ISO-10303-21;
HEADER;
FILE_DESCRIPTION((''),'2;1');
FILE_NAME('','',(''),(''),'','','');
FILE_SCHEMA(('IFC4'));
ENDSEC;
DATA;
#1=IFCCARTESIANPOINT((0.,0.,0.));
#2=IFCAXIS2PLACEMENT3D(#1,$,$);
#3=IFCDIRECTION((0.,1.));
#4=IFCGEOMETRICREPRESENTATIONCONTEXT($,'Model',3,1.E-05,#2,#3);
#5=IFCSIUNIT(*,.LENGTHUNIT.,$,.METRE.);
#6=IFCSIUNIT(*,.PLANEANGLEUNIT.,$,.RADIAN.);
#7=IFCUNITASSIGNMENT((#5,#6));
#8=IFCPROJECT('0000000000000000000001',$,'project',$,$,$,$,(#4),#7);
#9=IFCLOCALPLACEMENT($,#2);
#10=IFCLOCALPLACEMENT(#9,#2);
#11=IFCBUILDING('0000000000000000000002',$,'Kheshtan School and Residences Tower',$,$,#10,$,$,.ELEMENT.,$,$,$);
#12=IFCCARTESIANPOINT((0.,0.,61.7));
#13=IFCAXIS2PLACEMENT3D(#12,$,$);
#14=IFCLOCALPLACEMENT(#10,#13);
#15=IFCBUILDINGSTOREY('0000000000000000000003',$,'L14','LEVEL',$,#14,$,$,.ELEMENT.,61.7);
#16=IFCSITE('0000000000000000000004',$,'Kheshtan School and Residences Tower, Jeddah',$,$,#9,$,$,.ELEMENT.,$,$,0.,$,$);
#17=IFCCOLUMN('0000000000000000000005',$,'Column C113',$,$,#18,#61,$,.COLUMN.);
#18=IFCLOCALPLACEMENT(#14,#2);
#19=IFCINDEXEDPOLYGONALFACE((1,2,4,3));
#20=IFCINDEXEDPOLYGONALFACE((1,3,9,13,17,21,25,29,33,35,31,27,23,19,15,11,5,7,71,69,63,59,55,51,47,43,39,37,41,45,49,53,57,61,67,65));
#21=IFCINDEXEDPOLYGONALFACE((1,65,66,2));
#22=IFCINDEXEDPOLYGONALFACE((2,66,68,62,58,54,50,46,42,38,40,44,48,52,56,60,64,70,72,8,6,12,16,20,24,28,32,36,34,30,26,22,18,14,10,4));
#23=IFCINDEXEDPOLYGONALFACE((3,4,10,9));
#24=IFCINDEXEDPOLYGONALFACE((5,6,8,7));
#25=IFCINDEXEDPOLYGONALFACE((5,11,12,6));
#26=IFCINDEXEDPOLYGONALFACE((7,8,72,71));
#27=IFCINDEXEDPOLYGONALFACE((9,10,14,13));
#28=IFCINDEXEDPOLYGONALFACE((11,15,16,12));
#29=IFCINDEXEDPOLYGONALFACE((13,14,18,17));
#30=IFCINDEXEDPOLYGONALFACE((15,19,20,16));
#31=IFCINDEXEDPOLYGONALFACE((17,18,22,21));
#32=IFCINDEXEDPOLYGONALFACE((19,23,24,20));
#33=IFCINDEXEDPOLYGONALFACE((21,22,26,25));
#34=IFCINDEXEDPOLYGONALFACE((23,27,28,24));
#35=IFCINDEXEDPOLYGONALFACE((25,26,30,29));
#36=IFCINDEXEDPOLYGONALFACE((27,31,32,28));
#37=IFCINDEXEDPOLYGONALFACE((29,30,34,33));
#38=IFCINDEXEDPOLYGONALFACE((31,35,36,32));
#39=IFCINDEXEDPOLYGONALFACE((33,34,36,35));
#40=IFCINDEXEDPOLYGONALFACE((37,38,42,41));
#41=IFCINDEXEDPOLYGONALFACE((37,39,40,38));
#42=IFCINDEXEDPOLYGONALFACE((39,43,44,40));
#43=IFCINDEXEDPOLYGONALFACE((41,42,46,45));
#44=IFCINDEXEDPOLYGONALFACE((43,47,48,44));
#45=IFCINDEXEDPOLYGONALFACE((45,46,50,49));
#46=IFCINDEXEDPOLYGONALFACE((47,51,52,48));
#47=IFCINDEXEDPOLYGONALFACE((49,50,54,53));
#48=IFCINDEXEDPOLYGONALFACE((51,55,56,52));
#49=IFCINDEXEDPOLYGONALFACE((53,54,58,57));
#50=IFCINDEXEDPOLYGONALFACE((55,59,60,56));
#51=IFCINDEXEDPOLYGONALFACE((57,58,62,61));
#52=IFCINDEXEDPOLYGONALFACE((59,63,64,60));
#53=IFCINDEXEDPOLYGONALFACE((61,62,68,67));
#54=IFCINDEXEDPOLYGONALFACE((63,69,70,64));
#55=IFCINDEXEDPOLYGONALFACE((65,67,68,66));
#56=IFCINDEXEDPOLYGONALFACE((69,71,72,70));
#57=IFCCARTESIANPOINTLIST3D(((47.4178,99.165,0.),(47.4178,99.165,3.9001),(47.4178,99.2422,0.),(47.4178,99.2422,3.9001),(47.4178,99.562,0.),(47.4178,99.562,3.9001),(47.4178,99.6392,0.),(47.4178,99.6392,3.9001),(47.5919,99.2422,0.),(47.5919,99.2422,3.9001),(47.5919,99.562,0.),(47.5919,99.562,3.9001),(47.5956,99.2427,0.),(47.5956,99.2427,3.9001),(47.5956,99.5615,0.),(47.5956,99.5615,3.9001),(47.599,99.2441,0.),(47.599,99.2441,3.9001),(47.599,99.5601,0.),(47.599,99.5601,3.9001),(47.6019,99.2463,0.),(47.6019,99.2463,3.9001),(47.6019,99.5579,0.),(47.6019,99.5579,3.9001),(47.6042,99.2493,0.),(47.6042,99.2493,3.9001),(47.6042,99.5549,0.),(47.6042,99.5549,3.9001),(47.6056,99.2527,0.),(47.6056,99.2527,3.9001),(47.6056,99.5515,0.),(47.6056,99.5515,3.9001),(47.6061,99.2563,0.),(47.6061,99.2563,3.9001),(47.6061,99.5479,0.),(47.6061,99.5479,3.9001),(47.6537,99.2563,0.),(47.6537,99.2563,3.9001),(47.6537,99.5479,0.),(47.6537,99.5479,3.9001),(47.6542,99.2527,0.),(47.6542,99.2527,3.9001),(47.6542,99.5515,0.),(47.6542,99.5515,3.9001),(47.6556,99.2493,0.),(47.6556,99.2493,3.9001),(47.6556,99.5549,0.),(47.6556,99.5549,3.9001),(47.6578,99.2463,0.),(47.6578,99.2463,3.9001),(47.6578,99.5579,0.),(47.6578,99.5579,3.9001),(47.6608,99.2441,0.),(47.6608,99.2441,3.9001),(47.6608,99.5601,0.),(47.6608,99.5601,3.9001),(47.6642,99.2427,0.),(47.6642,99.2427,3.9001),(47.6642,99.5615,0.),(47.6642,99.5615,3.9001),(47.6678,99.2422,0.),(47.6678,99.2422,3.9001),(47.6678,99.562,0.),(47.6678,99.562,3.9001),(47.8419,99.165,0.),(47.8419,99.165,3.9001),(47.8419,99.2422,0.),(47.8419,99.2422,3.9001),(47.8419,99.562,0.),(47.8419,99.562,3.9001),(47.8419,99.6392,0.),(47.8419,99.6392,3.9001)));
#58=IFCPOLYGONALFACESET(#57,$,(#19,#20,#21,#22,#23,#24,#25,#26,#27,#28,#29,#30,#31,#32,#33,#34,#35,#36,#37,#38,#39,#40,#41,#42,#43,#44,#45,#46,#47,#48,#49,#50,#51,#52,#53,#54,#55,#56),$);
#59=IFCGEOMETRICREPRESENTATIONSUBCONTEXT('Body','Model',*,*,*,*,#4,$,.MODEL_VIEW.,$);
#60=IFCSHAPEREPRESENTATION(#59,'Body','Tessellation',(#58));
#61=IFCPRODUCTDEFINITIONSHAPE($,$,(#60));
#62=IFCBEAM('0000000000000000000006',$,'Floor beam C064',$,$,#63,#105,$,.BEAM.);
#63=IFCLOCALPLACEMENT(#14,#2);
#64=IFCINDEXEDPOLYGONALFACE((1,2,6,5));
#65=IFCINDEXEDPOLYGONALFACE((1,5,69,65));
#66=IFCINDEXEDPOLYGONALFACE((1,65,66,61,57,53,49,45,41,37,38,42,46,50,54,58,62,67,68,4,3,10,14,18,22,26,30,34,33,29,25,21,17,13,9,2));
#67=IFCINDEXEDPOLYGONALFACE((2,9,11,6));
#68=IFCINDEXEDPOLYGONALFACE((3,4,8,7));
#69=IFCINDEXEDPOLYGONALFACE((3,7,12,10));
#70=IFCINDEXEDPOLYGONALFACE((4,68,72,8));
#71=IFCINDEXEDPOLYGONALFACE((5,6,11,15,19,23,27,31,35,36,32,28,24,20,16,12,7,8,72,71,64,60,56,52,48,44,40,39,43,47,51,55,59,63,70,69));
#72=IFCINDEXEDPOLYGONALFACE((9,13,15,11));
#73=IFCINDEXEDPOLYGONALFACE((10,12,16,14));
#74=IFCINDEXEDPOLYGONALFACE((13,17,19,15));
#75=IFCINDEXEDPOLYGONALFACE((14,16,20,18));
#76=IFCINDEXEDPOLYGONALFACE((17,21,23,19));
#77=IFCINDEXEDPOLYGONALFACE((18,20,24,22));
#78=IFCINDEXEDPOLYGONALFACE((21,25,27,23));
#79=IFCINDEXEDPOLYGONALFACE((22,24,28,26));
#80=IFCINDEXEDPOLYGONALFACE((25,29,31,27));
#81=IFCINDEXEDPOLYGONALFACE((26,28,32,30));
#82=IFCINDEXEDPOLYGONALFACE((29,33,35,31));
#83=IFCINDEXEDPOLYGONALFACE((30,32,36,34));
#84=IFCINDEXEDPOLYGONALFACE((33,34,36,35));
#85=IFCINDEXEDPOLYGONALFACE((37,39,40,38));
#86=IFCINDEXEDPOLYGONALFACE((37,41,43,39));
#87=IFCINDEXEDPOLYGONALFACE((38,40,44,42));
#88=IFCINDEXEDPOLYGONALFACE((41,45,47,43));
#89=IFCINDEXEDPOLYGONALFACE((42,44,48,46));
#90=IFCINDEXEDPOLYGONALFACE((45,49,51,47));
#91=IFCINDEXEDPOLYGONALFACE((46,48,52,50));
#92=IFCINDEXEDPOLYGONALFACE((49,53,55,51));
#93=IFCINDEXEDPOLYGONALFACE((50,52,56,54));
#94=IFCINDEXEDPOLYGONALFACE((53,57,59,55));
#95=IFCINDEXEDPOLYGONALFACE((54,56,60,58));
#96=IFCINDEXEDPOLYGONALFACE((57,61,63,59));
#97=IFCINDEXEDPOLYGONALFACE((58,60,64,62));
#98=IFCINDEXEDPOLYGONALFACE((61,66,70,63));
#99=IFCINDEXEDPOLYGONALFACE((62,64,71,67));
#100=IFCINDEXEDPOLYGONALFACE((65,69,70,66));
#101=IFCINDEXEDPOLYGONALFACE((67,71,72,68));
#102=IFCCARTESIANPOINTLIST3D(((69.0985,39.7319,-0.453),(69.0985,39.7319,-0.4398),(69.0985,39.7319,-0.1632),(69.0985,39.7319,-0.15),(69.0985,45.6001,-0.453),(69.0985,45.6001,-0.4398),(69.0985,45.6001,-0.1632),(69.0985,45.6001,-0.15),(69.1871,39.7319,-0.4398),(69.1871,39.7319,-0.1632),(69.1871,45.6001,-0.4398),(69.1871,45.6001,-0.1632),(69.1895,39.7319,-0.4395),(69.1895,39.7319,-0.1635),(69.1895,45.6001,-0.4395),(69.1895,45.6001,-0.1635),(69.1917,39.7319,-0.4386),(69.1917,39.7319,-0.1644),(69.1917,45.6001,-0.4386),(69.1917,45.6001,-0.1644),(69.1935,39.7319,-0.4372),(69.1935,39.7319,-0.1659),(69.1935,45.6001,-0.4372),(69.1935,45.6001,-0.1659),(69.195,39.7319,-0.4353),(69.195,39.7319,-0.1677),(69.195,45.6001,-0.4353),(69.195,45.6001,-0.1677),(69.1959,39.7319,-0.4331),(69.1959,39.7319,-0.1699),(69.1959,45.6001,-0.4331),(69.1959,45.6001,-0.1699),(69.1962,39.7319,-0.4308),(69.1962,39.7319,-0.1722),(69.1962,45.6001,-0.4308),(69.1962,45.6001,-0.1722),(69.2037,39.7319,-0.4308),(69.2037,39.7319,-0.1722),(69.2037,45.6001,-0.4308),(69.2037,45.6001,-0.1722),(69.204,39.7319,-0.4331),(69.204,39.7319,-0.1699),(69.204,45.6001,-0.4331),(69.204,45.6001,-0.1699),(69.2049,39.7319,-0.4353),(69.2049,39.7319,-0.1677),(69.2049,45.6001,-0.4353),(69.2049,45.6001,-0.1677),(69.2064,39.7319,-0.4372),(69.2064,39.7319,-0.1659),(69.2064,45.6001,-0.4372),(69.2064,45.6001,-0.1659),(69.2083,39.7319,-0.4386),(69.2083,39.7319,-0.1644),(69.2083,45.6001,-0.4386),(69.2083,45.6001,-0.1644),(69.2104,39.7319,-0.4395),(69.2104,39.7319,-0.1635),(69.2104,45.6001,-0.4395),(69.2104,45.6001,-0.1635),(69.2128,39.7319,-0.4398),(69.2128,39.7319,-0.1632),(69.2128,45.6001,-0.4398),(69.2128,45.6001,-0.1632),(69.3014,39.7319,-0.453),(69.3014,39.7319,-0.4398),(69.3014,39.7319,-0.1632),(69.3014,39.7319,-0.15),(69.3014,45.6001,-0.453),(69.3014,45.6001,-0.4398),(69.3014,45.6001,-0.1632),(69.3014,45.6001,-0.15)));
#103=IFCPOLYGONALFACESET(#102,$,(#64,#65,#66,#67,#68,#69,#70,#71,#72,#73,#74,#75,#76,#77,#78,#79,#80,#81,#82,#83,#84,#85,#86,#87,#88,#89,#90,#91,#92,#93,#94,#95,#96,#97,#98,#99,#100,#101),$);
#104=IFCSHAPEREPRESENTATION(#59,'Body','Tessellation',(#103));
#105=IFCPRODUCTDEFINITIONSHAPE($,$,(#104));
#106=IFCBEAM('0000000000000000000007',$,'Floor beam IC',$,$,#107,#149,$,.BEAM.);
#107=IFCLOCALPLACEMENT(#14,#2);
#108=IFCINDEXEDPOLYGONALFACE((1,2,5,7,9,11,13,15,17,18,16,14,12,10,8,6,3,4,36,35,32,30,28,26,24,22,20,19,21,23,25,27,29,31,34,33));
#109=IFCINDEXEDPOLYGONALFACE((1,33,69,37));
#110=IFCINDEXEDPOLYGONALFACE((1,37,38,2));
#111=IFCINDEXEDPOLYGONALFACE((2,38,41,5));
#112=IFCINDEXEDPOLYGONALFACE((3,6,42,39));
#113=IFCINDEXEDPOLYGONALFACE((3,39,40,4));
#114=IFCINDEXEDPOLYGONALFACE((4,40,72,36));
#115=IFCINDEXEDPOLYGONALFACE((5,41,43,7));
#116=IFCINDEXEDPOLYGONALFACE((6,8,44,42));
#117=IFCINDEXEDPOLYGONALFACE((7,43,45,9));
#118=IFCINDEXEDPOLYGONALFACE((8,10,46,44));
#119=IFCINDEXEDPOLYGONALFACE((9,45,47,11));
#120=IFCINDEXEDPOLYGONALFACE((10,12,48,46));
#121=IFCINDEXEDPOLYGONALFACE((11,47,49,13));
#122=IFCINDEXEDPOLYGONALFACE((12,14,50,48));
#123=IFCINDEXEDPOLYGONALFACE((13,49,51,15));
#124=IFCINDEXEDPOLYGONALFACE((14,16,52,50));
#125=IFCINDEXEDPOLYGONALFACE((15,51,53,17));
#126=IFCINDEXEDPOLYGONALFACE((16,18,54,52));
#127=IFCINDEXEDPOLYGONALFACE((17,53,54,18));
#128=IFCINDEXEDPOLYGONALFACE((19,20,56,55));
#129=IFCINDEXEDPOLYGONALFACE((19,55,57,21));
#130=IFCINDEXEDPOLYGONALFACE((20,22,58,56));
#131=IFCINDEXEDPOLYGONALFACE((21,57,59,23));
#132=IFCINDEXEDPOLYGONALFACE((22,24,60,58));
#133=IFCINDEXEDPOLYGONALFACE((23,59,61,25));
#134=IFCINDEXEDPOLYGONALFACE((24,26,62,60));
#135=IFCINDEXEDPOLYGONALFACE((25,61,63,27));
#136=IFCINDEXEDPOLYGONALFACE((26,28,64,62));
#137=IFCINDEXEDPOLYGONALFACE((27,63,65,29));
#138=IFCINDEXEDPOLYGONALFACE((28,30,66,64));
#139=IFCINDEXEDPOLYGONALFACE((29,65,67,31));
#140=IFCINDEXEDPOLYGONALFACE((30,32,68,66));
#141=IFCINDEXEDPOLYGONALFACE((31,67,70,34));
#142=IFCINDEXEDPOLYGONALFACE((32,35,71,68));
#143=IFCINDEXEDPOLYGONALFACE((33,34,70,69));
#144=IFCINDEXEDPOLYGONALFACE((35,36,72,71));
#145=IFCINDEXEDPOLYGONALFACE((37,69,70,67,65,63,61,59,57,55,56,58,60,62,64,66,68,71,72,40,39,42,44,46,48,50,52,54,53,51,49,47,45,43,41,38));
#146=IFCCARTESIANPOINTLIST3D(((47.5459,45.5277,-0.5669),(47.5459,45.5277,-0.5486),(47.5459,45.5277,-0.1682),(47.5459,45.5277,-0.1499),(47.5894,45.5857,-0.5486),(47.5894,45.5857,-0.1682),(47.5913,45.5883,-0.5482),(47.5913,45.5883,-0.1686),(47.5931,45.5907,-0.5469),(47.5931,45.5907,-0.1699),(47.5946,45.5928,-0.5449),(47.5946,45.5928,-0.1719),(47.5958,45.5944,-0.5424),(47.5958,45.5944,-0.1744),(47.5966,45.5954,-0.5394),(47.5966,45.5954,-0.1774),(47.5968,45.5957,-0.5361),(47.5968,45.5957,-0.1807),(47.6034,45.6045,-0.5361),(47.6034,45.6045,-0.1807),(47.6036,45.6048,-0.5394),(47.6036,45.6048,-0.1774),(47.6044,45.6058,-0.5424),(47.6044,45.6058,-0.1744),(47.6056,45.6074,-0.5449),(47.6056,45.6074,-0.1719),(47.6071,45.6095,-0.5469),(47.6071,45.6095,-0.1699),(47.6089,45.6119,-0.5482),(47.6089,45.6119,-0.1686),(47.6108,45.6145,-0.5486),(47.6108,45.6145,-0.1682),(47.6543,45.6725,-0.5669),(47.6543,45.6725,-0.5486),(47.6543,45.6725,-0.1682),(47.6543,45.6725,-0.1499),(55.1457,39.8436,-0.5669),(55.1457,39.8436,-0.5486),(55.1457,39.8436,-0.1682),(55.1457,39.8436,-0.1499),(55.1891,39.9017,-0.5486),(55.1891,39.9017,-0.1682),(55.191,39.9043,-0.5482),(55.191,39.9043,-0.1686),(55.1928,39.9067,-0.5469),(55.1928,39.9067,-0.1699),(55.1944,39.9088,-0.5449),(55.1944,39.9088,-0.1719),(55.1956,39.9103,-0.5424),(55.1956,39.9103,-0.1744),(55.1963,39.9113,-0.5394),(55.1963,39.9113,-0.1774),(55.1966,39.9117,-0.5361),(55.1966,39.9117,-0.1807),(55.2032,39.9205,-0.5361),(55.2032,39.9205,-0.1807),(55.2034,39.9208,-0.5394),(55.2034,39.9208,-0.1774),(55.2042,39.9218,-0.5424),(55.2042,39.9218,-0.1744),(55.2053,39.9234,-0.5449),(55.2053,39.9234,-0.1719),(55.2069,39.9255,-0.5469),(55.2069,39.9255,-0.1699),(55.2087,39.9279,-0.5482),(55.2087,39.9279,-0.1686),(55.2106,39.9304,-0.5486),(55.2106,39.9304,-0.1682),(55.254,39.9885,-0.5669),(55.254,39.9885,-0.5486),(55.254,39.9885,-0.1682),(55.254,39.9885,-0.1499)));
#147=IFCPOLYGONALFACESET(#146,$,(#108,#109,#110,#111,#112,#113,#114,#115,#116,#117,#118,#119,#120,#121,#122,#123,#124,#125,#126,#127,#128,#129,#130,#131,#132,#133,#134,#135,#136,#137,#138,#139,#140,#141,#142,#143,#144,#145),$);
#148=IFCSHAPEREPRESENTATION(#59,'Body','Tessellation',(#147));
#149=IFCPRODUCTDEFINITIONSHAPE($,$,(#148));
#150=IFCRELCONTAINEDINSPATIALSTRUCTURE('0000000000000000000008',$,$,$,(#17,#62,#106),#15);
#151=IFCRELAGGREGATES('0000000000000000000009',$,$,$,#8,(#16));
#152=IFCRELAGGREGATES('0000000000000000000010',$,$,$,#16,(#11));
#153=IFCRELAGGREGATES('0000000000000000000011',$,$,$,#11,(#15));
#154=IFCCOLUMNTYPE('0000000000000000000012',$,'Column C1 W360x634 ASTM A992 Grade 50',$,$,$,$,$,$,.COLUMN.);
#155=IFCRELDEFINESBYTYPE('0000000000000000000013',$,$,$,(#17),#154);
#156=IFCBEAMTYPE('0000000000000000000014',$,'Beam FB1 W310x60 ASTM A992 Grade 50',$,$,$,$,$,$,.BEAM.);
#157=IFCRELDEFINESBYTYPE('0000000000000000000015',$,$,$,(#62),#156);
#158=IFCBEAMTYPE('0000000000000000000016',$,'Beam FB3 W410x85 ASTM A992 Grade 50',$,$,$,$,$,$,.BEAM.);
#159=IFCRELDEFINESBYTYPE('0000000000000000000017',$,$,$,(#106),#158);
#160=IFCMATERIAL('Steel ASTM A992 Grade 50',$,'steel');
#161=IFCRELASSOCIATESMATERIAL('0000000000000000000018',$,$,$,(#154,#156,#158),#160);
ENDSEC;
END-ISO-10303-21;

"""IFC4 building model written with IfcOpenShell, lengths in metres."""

from ifc_helpers import new_model, si_unit, direction, frame, origin, origin_2d, place, context, subcontext, project, spatial, i_section, extrude, material, material_profile, profile_set, type_object, element, save


model = new_model("IFC4")

# Units and contexts
model_context = context("Model", 3, precision=1e-05, world=origin(), true_north=direction((0.0, 1.0)))
body_context = subcontext(model_context, "Body", "Model", "MODEL_VIEW")
ifc_project = project(units=[si_unit("LENGTHUNIT", "METRE"), si_unit("PLANEANGLEUNIT", "RADIAN")], contexts=[model_context])

# Site, building, storey
site_placement = place(None, origin())
site = spatial("IfcSite", under=ifc_project, at=site_placement, Name="Kheshtan School and Residences Tower, Jeddah", CompositionType="ELEMENT", RefElevation=0.0)
building_placement = place(site_placement, origin())
building = spatial("IfcBuilding", under=site, at=building_placement, Name="Kheshtan School and Residences Tower", CompositionType="ELEMENT")
storey_placement = place(building_placement, frame((0.0, 0.0, 61.7)))
storey = spatial("IfcBuildingStorey", under=building, at=storey_placement, Name="L14", Description="LEVEL", CompositionType="ELEMENT", Elevation=61.7)

# Column
ifc_material_1 = material(Name="Steel ASTM A992 Grade 50", Category="steel")
ifc_material_profile_1 = material_profile(ifc_material_1, i_section(OverallWidth=0.4241, OverallDepth=0.4741, WebThickness=0.0476, FlangeThickness=0.0771, FilletRadius=0.0142, at=origin_2d()), Name="W360x634")
ifc_profile_set_1 = profile_set([ifc_material_profile_1], Name="Steel ASTM A992 Grade 50")
column_type = type_object("IfcColumnType", Name="Column C1 W360x634 ASTM A992 Grade 50", PredefinedType="COLUMN", material=ifc_profile_set_1)
for number, where, z_axis, x_axis, name in (
    (1, (47.6299, 99.4021, 0.0), (0.0, 0.0, 1.0), (1.0, 0.0, 0.0), "Column C113"),
):
    element("IfcColumn", number, at=place(storey_placement, frame(where, z_axis=z_axis, x_axis=x_axis)), inside=storey, type_object=column_type, Name=name, PredefinedType="COLUMN", context=body_context, shape_type="SweptSolid", body=[
        extrude(i_section(OverallWidth=0.4241, OverallDepth=0.4741, WebThickness=0.0476, FlangeThickness=0.0771, FilletRadius=0.0142, at=origin_2d()), origin(), (0.0, 0.0, 1.0), 3.9001),
    ])

# Beams
ifc_material_profile_2 = material_profile(ifc_material_1, i_section(OverallWidth=0.2029, OverallDepth=0.303, WebThickness=0.0076, FlangeThickness=0.0132, FilletRadius=0.009, at=origin_2d()), Name="W310x60")
ifc_profile_set_2 = profile_set([ifc_material_profile_2], Name="Steel ASTM A992 Grade 50")
beam_type_1 = type_object("IfcBeamType", Name="Beam FB1 W310x60 ASTM A992 Grade 50", PredefinedType="BEAM", material=ifc_profile_set_2)
beam_1_placement = place(storey_placement, frame((69.2, 45.6001, -0.3015), z_axis=(0.0, -1.0, 0.0), x_axis=(1.0, 0.0, 0.0)))
element("IfcBeam", 2, at=beam_1_placement, inside=storey, type_object=beam_type_1, Name="Floor beam C064", PredefinedType="BEAM", context=body_context, shape_type="SweptSolid", body=[
    extrude(i_section(OverallWidth=0.2029, OverallDepth=0.303, WebThickness=0.0076, FlangeThickness=0.0132, FilletRadius=0.009, at=origin_2d()), origin(), (0.0, 0.0, 1.0), 5.8682),
])
ifc_material_profile_3 = material_profile(ifc_material_1, i_section(OverallWidth=0.1809, OverallDepth=0.417, WebThickness=0.011, FlangeThickness=0.0183, FilletRadius=0.0125, at=origin_2d()), Name="W410x85")
ifc_profile_set_3 = profile_set([ifc_material_profile_3], Name="Steel ASTM A992 Grade 50")
beam_type_2 = type_object("IfcBeamType", Name="Beam FB3 W410x85 ASTM A992 Grade 50", PredefinedType="BEAM", material=ifc_profile_set_3)
beam_2_placement = place(storey_placement, frame((47.6001, 45.6001, -0.3584), z_axis=(0.800799, -0.598933, 0.0), x_axis=(0.598933, 0.800799, 0.0)))
element("IfcBeam", 3, at=beam_2_placement, inside=storey, type_object=beam_type_2, Name="Floor beam IC", PredefinedType="BEAM", context=body_context, shape_type="SweptSolid", body=[
    extrude(i_section(OverallWidth=0.1809, OverallDepth=0.417, WebThickness=0.011, FlangeThickness=0.0183, FilletRadius=0.0125, at=origin_2d()), origin(), (0.0, 0.0, 1.0), 9.4902),
])

save(model, "model.ifc")
